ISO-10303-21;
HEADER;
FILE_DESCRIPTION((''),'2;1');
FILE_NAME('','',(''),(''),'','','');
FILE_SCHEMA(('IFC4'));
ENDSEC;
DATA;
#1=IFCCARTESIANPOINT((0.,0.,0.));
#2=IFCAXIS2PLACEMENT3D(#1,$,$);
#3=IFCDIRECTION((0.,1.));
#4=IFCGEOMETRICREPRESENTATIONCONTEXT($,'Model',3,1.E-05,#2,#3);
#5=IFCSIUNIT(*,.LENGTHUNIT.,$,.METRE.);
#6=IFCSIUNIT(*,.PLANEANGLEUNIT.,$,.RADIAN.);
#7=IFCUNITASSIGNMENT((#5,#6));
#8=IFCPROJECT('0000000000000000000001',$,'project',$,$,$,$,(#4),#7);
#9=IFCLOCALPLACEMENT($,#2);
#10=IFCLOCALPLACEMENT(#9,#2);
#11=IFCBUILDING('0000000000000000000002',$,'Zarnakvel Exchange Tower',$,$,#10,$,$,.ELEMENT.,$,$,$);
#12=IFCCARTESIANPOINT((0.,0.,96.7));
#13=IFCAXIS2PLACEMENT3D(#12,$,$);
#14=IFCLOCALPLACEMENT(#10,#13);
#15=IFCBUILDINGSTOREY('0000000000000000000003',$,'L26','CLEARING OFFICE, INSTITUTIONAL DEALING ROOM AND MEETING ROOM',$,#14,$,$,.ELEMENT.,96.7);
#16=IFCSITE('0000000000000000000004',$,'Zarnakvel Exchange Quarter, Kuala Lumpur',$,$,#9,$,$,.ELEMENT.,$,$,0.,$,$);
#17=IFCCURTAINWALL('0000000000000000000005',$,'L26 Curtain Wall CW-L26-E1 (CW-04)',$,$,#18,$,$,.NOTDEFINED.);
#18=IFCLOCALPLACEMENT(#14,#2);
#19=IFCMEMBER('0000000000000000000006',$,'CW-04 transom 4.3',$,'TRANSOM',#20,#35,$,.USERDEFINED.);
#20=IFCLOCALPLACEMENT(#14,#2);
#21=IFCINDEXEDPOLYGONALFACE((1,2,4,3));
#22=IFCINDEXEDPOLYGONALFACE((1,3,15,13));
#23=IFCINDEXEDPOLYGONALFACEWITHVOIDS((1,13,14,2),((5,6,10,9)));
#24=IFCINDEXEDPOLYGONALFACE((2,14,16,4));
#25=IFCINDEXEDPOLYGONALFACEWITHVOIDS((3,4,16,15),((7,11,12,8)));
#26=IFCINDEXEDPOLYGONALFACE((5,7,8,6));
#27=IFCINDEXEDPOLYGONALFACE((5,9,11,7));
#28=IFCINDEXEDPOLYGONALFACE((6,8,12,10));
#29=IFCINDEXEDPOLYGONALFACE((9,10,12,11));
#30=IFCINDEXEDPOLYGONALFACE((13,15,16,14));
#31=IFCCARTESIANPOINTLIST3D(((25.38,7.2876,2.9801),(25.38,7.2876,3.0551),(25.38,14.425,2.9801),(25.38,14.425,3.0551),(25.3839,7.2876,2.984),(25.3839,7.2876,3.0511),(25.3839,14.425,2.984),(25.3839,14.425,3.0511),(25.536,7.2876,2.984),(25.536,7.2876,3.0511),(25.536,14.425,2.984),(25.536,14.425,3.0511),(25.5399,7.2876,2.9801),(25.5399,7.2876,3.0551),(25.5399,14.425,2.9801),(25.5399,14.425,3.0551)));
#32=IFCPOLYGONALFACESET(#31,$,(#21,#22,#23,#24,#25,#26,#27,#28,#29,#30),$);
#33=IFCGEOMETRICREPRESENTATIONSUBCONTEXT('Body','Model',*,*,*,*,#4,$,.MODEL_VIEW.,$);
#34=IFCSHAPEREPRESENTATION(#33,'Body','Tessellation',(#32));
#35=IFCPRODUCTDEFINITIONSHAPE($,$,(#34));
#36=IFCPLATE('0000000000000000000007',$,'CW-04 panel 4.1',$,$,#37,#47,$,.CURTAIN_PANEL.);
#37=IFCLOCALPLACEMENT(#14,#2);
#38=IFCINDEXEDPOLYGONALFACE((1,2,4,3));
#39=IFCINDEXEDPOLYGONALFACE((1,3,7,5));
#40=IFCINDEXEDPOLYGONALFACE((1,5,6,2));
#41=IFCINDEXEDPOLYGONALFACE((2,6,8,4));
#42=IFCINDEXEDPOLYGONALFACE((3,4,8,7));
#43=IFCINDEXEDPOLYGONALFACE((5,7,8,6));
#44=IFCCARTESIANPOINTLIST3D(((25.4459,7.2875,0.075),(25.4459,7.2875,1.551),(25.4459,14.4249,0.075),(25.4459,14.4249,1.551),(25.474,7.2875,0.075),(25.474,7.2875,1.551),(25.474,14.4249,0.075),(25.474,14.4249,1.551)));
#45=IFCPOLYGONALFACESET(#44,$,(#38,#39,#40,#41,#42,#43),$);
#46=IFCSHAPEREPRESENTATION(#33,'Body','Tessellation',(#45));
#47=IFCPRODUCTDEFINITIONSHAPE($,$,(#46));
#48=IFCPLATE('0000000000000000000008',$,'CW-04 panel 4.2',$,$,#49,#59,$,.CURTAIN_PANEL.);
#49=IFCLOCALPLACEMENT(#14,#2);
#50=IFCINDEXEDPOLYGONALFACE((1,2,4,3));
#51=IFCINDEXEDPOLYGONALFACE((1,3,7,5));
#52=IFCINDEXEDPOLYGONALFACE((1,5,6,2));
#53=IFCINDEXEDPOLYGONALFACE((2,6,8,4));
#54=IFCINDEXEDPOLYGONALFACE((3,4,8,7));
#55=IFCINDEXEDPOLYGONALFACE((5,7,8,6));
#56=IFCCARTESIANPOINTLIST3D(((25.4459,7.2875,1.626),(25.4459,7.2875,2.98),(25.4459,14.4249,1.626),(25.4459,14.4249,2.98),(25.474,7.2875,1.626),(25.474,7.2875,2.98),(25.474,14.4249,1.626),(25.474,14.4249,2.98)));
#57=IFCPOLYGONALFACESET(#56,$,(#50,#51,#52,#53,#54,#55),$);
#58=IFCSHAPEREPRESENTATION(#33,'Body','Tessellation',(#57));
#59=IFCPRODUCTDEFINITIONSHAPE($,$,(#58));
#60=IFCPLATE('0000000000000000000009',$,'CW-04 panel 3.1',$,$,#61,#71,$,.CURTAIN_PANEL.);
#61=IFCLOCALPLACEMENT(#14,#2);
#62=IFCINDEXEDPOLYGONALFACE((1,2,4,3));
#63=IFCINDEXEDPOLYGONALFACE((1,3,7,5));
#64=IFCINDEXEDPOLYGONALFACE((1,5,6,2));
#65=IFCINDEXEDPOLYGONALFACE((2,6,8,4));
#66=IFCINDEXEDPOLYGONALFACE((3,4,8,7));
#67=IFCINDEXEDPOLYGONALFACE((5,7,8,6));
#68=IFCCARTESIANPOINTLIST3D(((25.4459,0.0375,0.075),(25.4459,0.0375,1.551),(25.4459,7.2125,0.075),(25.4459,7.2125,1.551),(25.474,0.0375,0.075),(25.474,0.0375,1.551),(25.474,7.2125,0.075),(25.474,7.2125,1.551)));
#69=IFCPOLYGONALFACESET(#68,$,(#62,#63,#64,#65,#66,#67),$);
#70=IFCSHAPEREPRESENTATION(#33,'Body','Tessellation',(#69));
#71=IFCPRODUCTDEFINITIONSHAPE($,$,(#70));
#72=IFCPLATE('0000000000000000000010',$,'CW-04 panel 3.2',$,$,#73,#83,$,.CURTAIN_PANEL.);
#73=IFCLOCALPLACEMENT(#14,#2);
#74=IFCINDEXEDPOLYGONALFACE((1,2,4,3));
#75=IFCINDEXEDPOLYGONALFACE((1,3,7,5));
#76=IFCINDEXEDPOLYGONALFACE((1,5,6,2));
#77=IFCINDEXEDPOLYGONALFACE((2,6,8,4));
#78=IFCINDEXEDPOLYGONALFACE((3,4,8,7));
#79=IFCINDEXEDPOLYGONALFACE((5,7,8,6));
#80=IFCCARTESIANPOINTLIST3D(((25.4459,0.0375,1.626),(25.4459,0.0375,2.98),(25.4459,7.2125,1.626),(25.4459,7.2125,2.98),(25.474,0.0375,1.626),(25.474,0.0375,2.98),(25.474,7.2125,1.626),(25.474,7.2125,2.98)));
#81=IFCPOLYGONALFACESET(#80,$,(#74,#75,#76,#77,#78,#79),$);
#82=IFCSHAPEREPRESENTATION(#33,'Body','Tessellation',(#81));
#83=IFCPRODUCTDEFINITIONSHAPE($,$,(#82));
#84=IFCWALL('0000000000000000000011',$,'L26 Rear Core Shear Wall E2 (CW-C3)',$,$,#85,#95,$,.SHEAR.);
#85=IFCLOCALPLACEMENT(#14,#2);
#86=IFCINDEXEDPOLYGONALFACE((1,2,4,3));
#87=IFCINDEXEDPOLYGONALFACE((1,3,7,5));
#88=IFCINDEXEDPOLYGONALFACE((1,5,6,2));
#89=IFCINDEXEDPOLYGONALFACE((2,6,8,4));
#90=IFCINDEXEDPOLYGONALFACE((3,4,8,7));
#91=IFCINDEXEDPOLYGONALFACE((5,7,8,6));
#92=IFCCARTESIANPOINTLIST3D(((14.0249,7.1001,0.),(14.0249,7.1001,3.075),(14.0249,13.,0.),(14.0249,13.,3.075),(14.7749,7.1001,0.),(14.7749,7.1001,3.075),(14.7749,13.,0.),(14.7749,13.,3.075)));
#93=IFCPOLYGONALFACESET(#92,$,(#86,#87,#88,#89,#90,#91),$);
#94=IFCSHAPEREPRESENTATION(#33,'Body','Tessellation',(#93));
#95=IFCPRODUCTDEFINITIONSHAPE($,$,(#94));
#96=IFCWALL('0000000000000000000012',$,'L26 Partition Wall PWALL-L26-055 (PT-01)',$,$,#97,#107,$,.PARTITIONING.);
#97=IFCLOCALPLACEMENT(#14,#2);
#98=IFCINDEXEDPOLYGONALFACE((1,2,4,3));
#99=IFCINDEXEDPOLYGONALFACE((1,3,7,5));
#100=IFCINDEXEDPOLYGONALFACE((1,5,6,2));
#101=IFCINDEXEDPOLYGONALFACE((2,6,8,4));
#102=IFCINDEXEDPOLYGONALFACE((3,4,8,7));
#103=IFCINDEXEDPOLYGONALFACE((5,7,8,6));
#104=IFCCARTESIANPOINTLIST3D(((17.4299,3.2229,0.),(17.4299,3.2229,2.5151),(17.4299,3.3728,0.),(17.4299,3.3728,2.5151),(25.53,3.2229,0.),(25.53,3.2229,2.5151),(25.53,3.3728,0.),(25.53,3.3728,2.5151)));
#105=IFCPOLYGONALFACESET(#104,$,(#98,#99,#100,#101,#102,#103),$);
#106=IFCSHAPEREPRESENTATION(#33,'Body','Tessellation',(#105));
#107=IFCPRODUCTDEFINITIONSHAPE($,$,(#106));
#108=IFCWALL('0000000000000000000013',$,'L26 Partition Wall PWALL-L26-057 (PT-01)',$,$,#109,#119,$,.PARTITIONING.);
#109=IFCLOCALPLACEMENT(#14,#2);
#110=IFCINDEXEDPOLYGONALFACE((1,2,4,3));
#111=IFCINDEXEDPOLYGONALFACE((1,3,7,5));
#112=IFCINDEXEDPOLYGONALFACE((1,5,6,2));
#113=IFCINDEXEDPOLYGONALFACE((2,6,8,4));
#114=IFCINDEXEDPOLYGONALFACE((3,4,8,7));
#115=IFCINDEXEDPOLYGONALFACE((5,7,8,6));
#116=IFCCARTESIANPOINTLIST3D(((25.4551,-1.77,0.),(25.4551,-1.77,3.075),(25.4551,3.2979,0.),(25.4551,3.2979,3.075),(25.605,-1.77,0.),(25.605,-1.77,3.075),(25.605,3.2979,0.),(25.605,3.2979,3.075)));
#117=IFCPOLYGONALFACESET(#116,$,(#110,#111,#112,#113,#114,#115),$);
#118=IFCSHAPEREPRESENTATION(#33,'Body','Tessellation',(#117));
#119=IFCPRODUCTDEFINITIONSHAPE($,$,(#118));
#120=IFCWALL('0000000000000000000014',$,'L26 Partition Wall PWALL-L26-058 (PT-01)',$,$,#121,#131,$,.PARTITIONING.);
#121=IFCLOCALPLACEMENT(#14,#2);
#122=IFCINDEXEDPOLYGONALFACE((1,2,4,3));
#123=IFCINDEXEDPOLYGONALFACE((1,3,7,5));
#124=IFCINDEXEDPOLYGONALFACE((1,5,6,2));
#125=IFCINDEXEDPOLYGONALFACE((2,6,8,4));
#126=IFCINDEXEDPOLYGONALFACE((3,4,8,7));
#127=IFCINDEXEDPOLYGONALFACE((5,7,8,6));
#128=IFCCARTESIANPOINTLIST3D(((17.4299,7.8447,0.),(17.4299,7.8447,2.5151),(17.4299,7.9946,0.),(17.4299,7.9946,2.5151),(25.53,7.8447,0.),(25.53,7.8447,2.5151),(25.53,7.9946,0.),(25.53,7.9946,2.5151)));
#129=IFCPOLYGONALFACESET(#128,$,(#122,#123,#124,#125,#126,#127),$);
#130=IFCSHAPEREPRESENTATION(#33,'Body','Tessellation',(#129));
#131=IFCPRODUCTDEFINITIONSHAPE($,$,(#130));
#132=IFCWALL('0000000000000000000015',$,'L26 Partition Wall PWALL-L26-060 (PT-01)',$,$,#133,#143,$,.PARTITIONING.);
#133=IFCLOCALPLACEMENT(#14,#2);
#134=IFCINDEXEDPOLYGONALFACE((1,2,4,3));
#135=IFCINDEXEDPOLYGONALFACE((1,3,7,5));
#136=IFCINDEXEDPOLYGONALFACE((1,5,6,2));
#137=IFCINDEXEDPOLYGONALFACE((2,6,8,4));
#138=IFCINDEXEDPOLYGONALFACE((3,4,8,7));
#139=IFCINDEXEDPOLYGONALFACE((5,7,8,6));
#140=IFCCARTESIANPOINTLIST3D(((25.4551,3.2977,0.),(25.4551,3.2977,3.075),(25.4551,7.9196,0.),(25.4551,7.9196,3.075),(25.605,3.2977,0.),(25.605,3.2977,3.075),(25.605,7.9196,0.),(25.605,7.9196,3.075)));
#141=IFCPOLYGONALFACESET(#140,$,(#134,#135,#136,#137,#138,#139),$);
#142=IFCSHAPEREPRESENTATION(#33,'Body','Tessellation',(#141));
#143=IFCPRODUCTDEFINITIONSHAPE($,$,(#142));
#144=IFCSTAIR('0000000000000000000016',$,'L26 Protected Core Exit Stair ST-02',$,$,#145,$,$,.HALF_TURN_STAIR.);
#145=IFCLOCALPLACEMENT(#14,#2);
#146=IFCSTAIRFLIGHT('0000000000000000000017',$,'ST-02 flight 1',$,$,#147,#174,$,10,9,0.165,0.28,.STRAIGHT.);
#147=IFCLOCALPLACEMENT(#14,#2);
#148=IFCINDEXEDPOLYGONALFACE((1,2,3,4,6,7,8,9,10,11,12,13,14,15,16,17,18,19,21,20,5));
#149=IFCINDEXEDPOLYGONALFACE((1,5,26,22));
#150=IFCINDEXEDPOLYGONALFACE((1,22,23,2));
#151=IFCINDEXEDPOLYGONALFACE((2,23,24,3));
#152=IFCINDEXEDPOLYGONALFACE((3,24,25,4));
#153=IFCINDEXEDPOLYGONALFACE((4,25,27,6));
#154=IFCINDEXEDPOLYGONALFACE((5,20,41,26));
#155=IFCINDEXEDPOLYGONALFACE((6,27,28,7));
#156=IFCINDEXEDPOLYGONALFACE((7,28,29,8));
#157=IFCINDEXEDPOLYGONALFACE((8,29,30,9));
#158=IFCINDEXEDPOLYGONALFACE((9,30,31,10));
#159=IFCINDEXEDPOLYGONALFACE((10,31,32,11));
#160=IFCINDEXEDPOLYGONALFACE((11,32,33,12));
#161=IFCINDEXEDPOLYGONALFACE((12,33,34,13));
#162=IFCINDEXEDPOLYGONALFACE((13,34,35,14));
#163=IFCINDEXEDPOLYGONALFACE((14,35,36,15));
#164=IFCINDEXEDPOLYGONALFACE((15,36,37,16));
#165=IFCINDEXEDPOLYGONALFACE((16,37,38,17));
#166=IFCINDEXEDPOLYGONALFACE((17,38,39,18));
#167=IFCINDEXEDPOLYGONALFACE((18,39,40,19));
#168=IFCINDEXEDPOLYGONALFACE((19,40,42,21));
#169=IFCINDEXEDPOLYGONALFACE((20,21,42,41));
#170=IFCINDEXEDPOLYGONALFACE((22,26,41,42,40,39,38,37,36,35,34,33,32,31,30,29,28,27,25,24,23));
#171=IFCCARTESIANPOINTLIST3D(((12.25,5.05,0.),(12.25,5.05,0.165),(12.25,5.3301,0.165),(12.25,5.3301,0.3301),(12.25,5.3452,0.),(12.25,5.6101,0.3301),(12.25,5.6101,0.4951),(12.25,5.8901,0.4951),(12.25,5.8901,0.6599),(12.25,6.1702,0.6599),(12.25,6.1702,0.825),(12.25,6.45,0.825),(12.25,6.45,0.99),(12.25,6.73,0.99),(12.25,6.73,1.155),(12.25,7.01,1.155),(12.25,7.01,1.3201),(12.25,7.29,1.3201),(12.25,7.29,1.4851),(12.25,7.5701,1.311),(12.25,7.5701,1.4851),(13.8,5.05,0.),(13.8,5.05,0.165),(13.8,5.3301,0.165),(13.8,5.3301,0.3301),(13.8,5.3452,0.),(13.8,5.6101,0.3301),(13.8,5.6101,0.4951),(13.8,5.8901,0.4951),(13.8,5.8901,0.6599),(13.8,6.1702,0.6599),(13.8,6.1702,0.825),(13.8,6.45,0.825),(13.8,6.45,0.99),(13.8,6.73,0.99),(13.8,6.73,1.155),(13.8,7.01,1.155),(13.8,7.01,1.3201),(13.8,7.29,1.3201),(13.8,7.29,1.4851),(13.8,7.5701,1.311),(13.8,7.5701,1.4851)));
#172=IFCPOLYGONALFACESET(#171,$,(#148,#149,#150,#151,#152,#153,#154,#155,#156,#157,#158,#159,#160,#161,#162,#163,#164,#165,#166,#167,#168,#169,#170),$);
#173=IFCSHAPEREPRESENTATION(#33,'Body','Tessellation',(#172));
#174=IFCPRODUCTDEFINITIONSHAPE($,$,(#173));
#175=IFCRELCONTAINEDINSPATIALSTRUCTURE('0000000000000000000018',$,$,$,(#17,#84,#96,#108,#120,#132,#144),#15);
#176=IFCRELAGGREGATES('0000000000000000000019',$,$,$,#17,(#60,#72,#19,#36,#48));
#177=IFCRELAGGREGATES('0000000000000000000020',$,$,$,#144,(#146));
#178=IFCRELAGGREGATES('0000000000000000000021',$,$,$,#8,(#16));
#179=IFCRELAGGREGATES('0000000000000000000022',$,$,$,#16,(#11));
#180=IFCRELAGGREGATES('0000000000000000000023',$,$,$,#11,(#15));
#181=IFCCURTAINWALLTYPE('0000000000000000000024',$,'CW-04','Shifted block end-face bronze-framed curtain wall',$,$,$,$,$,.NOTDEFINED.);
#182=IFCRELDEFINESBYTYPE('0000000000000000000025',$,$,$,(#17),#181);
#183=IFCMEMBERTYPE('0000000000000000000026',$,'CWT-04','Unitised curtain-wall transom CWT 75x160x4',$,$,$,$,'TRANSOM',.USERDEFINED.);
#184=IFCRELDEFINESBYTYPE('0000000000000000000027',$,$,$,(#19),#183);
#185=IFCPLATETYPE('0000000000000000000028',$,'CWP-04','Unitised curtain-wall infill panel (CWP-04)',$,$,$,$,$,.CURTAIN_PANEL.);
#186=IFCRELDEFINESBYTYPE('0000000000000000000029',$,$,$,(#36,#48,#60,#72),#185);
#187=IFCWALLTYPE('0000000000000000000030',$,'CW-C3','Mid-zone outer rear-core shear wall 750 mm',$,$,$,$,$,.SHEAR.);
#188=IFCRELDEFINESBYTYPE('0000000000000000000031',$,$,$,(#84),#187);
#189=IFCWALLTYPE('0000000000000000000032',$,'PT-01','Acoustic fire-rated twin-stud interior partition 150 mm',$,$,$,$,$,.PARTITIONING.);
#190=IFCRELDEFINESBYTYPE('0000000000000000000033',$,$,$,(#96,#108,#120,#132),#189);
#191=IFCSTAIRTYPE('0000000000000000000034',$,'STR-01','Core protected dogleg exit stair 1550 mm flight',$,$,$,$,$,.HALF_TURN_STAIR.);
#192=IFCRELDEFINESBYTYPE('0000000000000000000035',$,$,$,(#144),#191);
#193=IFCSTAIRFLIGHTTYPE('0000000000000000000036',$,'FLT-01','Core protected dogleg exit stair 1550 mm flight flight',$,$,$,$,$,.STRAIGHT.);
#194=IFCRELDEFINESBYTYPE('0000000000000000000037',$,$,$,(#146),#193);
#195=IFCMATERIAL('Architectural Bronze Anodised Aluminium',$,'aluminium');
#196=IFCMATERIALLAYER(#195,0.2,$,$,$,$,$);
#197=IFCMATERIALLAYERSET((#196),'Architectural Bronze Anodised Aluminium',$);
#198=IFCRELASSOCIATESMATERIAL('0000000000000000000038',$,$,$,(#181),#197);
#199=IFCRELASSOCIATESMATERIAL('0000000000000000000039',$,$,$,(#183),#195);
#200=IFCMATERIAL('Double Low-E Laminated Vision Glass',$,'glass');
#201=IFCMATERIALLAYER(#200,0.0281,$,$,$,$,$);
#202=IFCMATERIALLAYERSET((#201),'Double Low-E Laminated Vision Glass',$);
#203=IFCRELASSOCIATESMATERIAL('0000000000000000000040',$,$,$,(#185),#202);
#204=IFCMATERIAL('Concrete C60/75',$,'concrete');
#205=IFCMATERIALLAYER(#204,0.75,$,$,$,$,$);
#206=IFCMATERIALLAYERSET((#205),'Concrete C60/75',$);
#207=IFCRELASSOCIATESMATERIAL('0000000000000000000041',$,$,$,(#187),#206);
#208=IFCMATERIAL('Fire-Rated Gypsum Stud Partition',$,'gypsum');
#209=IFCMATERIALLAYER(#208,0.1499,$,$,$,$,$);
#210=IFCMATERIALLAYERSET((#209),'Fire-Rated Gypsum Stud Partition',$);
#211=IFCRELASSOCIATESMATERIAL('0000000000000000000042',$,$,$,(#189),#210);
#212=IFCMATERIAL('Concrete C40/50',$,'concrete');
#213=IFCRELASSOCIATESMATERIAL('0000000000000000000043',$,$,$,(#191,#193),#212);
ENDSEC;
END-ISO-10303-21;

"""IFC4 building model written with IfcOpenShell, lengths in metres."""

from ifc_helpers import new_model, si_unit, direction, frame, frame_2d, origin, origin_2d, place, context, subcontext, project, spatial, polyline, rectangle, hollow_rectangle, outline, extrude, source, transform, mapped, material, layer, layer_set, material_profile, profile_set, type_object, element, aggregate, save


model = new_model("IFC4")

# Units and contexts
model_context = context("Model", 3, precision=1e-05, world=origin(), true_north=direction((0.0, 1.0)))
body_context = subcontext(model_context, "Body", "Model", "MODEL_VIEW")
ifc_project = project(units=[si_unit("LENGTHUNIT", "METRE"), si_unit("PLANEANGLEUNIT", "RADIAN")], contexts=[model_context])

# Site, building, storey
site_placement = place(None, origin())
site = spatial("IfcSite", under=ifc_project, at=site_placement, Name="Zarnakvel Exchange Quarter, Kuala Lumpur", CompositionType="ELEMENT", RefElevation=0.0)
building_placement = place(site_placement, origin())
building = spatial("IfcBuilding", under=site, at=building_placement, Name="Zarnakvel Exchange Tower", CompositionType="ELEMENT")
storey_placement = place(building_placement, frame((0.0, 0.0, 96.7)))
storey = spatial("IfcBuildingStorey", under=building, at=storey_placement, Name="L26", Description="CLEARING OFFICE, INSTITUTIONAL DEALING ROOM AND MEETING ROOM", CompositionType="ELEMENT", Elevation=96.7)

# Shared definitions
ifc_material_1 = material(Name="Concrete C60/75", Category="concrete")

# Curtain wall, member, plates
ifc_material_2 = material(Name="Architectural Bronze Anodised Aluminium", Category="aluminium")
ifc_layer_1 = layer(ifc_material_2, 0.2)
ifc_layer_set_1 = layer_set([ifc_layer_1], Name="Architectural Bronze Anodised Aluminium")
curtain_wall_type = type_object("IfcCurtainWallType", Name="CW-04", Description="Shifted block end-face bronze-framed curtain wall", PredefinedType="NOTDEFINED", material=ifc_layer_set_1)
curtain_wall_placement = place(storey_placement, origin())
curtain_wall = element("IfcCurtainWall", 1, at=curtain_wall_placement, inside=storey, type_object=curtain_wall_type, Name="L26 Curtain Wall CW-L26-E1 (CW-04)", PredefinedType="NOTDEFINED")
ifc_material_profile_1 = material_profile(ifc_material_2, hollow_rectangle(XDim=0.1599, YDim=0.075, WallThickness=0.0039, at=origin_2d()))
ifc_profile_set_1 = profile_set([ifc_material_profile_1], Name="Architectural Bronze Anodised Aluminium")
member_type_1 = type_object("IfcMemberType", Name="CWT-04", Description="Unitised curtain-wall transom CWT 75x160x4", ElementType="TRANSOM", PredefinedType="USERDEFINED", material=ifc_profile_set_1)
shared_shape_1 = source(origin(), body_context, "Body", "SweptSolid", [
    extrude(hollow_rectangle(XDim=0.1599, YDim=0.075, WallThickness=0.0039, at=origin_2d()), origin(), (0.0, 0.0, 1.0), 7.1375),
])
member_1_placement = place(storey_placement, frame((25.46, 7.2876, 3.0176), z_axis=(0.0, 1.0, 0.0), x_axis=(-1.0, 0.0, 0.0)))
member_1 = element("IfcMember", 2, at=member_1_placement, type_object=member_type_1, Name="CW-04 transom 4.3", ObjectType="TRANSOM", PredefinedType="USERDEFINED", context=body_context, shape_type="MappedRepresentation", body=[
    mapped(shared_shape_1, transform((0.0, 0.0, 0.0), x_axis=(1.0, 0.0, 0.0), y_axis=(0.0, 1.0, 0.0), z_axis=(0.0, 0.0, 1.0), scale=1.0)),
])
ifc_material_3 = material(Name="Double Low-E Laminated Vision Glass", Category="glass")
ifc_layer_2 = layer(ifc_material_3, 0.0281)
ifc_layer_set_2 = layer_set([ifc_layer_2], Name="Double Low-E Laminated Vision Glass")
plate_type = type_object("IfcPlateType", Name="CWP-04", Description="Unitised curtain-wall infill panel (CWP-04)", PredefinedType="CURTAIN_PANEL", material=ifc_layer_set_2)
shared_shape_2 = source(origin(), body_context, "Body", "SweptSolid", [
    extrude(rectangle(XDim=7.1375, YDim=0.0281, at=origin_2d()), origin(), (0.0, 0.0, 1.0), 1.4761),
])
plate_1_placement = place(storey_placement, frame((25.46, 10.8562, 0.075), z_axis=(0.0, 0.0, 1.0), x_axis=(0.0, 1.0, 0.0)))
plate_1 = element("IfcPlate", 3, at=plate_1_placement, type_object=plate_type, Name="CW-04 panel 4.1", PredefinedType="CURTAIN_PANEL", context=body_context, shape_type="MappedRepresentation", body=[
    mapped(shared_shape_2, transform((0.0, 0.0, 0.0), x_axis=(1.0, 0.0, 0.0), y_axis=(0.0, 1.0, 0.0), z_axis=(0.0, 0.0, 1.0), scale=1.0)),
])
shared_shape_3 = source(origin(), body_context, "Body", "SweptSolid", [
    extrude(rectangle(XDim=7.1375, YDim=0.0281, at=origin_2d()), origin(), (0.0, 0.0, 1.0), 1.354),
])
plate_2_placement = place(storey_placement, frame((25.46, 10.8562, 1.626), z_axis=(0.0, 0.0, 1.0), x_axis=(0.0, 1.0, 0.0)))
plate_2 = element("IfcPlate", 4, at=plate_2_placement, type_object=plate_type, Name="CW-04 panel 4.2", PredefinedType="CURTAIN_PANEL", context=body_context, shape_type="MappedRepresentation", body=[
    mapped(shared_shape_3, transform((0.0, 0.0, 0.0), x_axis=(1.0, 0.0, 0.0), y_axis=(0.0, 1.0, 0.0), z_axis=(0.0, 0.0, 1.0), scale=1.0)),
])
shared_shape_4 = source(origin(), body_context, "Body", "SweptSolid", [
    extrude(rectangle(XDim=7.175, YDim=0.0281, at=origin_2d()), origin(), (0.0, 0.0, 1.0), 1.4761),
])
plate_3_placement = place(storey_placement, frame((25.46, 3.625, 0.075), z_axis=(0.0, 0.0, 1.0), x_axis=(0.0, 1.0, 0.0)))
plate_3 = element("IfcPlate", 5, at=plate_3_placement, type_object=plate_type, Name="CW-04 panel 3.1", PredefinedType="CURTAIN_PANEL", context=body_context, shape_type="MappedRepresentation", body=[
    mapped(shared_shape_4, transform((0.0, 0.0, 0.0), x_axis=(1.0, 0.0, 0.0), y_axis=(0.0, 1.0, 0.0), z_axis=(0.0, 0.0, 1.0), scale=1.0)),
])
shared_shape_5 = source(origin(), body_context, "Body", "SweptSolid", [
    extrude(rectangle(XDim=7.175, YDim=0.0281, at=origin_2d()), origin(), (0.0, 0.0, 1.0), 1.354),
])
plate_4_placement = place(storey_placement, frame((25.46, 3.625, 1.626), z_axis=(0.0, 0.0, 1.0), x_axis=(0.0, 1.0, 0.0)))
plate_4 = element("IfcPlate", 6, at=plate_4_placement, type_object=plate_type, Name="CW-04 panel 3.2", PredefinedType="CURTAIN_PANEL", context=body_context, shape_type="MappedRepresentation", body=[
    mapped(shared_shape_5, transform((0.0, 0.0, 0.0), x_axis=(1.0, 0.0, 0.0), y_axis=(0.0, 1.0, 0.0), z_axis=(0.0, 0.0, 1.0), scale=1.0)),
])
aggregate(curtain_wall, [plate_3, plate_4, member_1, plate_1, plate_2])

# Walls
ifc_layer_3 = layer(ifc_material_1, 0.75)
ifc_layer_set_3 = layer_set([ifc_layer_3], Name="Concrete C60/75")
wall_type_1 = type_object("IfcWallType", Name="CW-C3", Description="Mid-zone outer rear-core shear wall 750 mm", PredefinedType="SHEAR", material=ifc_layer_set_3)
wall_1_placement = place(storey_placement, frame((14.3999, 7.1001, 0.0), z_axis=(0.0, 0.0, 1.0), x_axis=(0.0, 1.0, 0.0)))
element("IfcWall", 7, at=wall_1_placement, inside=storey, type_object=wall_type_1, Name="L26 Rear Core Shear Wall E2 (CW-C3)", PredefinedType="SHEAR", context=body_context, shape_type="SweptSolid", body=[
    extrude(rectangle(XDim=5.8999, YDim=0.75, at=frame_2d((2.95, 0.0))), origin(), (0.0, 0.0, 1.0), 3.075),
])
ifc_material_4 = material(Name="Fire-Rated Gypsum Stud Partition", Category="gypsum")
ifc_layer_4 = layer(ifc_material_4, 0.1499)
ifc_layer_set_4 = layer_set([ifc_layer_4], Name="Fire-Rated Gypsum Stud Partition")
wall_type_2 = type_object("IfcWallType", Name="PT-01", Description="Acoustic fire-rated twin-stud interior partition 150 mm", PredefinedType="PARTITIONING", material=ifc_layer_set_4)
wall_2_placement = place(storey_placement, frame((17.4299, 3.2979, 0.0), z_axis=(0.0, 0.0, 1.0), x_axis=(1.0, 0.0, 0.0)))
element("IfcWall", 8, at=wall_2_placement, inside=storey, type_object=wall_type_2, Name="L26 Partition Wall PWALL-L26-055 (PT-01)", PredefinedType="PARTITIONING", context=body_context, shape_type="SweptSolid", body=[
    extrude(rectangle(XDim=8.1001, YDim=0.1499, at=frame_2d((4.05, 0.0))), origin(), (0.0, 0.0, 1.0), 2.5151),
])
wall_3_placement = place(storey_placement, frame((25.53, 3.2979, 0.0), z_axis=(0.0, 0.0, 1.0), x_axis=(0.0, -1.0, 0.0)))
element("IfcWall", 9, at=wall_3_placement, inside=storey, type_object=wall_type_2, Name="L26 Partition Wall PWALL-L26-057 (PT-01)", PredefinedType="PARTITIONING", context=body_context, shape_type="SweptSolid", body=[
    extrude(rectangle(XDim=5.0679, YDim=0.1499, at=frame_2d((2.5339, 0.0))), origin(), (0.0, 0.0, 1.0), 3.075),
])
wall_4_placement = place(storey_placement, frame((17.4299, 7.9197, 0.0), z_axis=(0.0, 0.0, 1.0), x_axis=(1.0, 0.0, 0.0)))
element("IfcWall", 10, at=wall_4_placement, inside=storey, type_object=wall_type_2, Name="L26 Partition Wall PWALL-L26-058 (PT-01)", PredefinedType="PARTITIONING", context=body_context, shape_type="SweptSolid", body=[
    extrude(rectangle(XDim=8.1001, YDim=0.1499, at=frame_2d((4.05, 0.0))), origin(), (0.0, 0.0, 1.0), 2.5151),
])

# Wall
wall_5_placement = place(storey_placement, frame((25.53, 7.9197, 0.0), z_axis=(0.0, 0.0, 1.0), x_axis=(0.0, -1.0, 0.0)))
element("IfcWall", 11, at=wall_5_placement, inside=storey, type_object=wall_type_2, Name="L26 Partition Wall PWALL-L26-060 (PT-01)", PredefinedType="PARTITIONING", context=body_context, shape_type="SweptSolid", body=[
    extrude(rectangle(XDim=4.6218, YDim=0.1499, at=frame_2d((2.311, 0.0))), origin(), (0.0, 0.0, 1.0), 3.075),
])

# Shared definitions
ifc_material_5 = material(Name="Concrete C40/50", Category="concrete")

# Stair, stair flight
stair_type = type_object("IfcStairType", Name="STR-01", Description="Core protected dogleg exit stair 1550 mm flight", PredefinedType="HALF_TURN_STAIR", material=ifc_material_5)
stair_placement = place(storey_placement, origin())
stair = element("IfcStair", 12, at=stair_placement, inside=storey, type_object=stair_type, Name="L26 Protected Core Exit Stair ST-02", PredefinedType="HALF_TURN_STAIR")
stair_flight_type = type_object("IfcStairFlightType", Name="FLT-01", Description="Core protected dogleg exit stair 1550 mm flight flight", PredefinedType="STRAIGHT", material=ifc_material_5)
stair_flight_placement = place(storey_placement, frame((13.0249, 5.05, 0.0), z_axis=(0.0, 0.0, 1.0), x_axis=(0.0, 1.0, 0.0)))
stair_flight = element("IfcStairFlight", 13, at=stair_flight_placement, type_object=stair_flight_type, Name="ST-02 flight 1", NumberOfRisers=10, NumberOfTreads=9, PredefinedType="STRAIGHT", RiserHeight=0.165, TreadLength=0.28, context=body_context, shape_type="SweptSolid", body=[
    extrude(outline(polyline([(0.0, 0.0), (0.0, 0.165), (0.28, 0.165), (0.28, 0.3301), (0.5601, 0.3301), (0.5601, 0.4951), (0.8401, 0.4951), (0.8401, 0.6599), (1.1201, 0.6599), (1.1201, 0.825), (1.3999, 0.825), (1.3999, 0.99), (1.6799, 0.99), (1.6799, 1.155), (1.96, 1.155), (1.96, 1.3201), (2.24, 1.3201), (2.24, 1.4851), (2.52, 1.4851), (2.52, 1.6499), (2.52, 1.311), (0.2952, 0.0), (0.0, 0.0)])), frame((0.0, 0.7749, 0.0), z_axis=(0.0, -1.0, 0.0), x_axis=(1.0, 0.0, 0.0)), (0.0, 0.0, 1.0), 1.55),
])
aggregate(stair, [stair_flight])

save(model, "model.ifc")
